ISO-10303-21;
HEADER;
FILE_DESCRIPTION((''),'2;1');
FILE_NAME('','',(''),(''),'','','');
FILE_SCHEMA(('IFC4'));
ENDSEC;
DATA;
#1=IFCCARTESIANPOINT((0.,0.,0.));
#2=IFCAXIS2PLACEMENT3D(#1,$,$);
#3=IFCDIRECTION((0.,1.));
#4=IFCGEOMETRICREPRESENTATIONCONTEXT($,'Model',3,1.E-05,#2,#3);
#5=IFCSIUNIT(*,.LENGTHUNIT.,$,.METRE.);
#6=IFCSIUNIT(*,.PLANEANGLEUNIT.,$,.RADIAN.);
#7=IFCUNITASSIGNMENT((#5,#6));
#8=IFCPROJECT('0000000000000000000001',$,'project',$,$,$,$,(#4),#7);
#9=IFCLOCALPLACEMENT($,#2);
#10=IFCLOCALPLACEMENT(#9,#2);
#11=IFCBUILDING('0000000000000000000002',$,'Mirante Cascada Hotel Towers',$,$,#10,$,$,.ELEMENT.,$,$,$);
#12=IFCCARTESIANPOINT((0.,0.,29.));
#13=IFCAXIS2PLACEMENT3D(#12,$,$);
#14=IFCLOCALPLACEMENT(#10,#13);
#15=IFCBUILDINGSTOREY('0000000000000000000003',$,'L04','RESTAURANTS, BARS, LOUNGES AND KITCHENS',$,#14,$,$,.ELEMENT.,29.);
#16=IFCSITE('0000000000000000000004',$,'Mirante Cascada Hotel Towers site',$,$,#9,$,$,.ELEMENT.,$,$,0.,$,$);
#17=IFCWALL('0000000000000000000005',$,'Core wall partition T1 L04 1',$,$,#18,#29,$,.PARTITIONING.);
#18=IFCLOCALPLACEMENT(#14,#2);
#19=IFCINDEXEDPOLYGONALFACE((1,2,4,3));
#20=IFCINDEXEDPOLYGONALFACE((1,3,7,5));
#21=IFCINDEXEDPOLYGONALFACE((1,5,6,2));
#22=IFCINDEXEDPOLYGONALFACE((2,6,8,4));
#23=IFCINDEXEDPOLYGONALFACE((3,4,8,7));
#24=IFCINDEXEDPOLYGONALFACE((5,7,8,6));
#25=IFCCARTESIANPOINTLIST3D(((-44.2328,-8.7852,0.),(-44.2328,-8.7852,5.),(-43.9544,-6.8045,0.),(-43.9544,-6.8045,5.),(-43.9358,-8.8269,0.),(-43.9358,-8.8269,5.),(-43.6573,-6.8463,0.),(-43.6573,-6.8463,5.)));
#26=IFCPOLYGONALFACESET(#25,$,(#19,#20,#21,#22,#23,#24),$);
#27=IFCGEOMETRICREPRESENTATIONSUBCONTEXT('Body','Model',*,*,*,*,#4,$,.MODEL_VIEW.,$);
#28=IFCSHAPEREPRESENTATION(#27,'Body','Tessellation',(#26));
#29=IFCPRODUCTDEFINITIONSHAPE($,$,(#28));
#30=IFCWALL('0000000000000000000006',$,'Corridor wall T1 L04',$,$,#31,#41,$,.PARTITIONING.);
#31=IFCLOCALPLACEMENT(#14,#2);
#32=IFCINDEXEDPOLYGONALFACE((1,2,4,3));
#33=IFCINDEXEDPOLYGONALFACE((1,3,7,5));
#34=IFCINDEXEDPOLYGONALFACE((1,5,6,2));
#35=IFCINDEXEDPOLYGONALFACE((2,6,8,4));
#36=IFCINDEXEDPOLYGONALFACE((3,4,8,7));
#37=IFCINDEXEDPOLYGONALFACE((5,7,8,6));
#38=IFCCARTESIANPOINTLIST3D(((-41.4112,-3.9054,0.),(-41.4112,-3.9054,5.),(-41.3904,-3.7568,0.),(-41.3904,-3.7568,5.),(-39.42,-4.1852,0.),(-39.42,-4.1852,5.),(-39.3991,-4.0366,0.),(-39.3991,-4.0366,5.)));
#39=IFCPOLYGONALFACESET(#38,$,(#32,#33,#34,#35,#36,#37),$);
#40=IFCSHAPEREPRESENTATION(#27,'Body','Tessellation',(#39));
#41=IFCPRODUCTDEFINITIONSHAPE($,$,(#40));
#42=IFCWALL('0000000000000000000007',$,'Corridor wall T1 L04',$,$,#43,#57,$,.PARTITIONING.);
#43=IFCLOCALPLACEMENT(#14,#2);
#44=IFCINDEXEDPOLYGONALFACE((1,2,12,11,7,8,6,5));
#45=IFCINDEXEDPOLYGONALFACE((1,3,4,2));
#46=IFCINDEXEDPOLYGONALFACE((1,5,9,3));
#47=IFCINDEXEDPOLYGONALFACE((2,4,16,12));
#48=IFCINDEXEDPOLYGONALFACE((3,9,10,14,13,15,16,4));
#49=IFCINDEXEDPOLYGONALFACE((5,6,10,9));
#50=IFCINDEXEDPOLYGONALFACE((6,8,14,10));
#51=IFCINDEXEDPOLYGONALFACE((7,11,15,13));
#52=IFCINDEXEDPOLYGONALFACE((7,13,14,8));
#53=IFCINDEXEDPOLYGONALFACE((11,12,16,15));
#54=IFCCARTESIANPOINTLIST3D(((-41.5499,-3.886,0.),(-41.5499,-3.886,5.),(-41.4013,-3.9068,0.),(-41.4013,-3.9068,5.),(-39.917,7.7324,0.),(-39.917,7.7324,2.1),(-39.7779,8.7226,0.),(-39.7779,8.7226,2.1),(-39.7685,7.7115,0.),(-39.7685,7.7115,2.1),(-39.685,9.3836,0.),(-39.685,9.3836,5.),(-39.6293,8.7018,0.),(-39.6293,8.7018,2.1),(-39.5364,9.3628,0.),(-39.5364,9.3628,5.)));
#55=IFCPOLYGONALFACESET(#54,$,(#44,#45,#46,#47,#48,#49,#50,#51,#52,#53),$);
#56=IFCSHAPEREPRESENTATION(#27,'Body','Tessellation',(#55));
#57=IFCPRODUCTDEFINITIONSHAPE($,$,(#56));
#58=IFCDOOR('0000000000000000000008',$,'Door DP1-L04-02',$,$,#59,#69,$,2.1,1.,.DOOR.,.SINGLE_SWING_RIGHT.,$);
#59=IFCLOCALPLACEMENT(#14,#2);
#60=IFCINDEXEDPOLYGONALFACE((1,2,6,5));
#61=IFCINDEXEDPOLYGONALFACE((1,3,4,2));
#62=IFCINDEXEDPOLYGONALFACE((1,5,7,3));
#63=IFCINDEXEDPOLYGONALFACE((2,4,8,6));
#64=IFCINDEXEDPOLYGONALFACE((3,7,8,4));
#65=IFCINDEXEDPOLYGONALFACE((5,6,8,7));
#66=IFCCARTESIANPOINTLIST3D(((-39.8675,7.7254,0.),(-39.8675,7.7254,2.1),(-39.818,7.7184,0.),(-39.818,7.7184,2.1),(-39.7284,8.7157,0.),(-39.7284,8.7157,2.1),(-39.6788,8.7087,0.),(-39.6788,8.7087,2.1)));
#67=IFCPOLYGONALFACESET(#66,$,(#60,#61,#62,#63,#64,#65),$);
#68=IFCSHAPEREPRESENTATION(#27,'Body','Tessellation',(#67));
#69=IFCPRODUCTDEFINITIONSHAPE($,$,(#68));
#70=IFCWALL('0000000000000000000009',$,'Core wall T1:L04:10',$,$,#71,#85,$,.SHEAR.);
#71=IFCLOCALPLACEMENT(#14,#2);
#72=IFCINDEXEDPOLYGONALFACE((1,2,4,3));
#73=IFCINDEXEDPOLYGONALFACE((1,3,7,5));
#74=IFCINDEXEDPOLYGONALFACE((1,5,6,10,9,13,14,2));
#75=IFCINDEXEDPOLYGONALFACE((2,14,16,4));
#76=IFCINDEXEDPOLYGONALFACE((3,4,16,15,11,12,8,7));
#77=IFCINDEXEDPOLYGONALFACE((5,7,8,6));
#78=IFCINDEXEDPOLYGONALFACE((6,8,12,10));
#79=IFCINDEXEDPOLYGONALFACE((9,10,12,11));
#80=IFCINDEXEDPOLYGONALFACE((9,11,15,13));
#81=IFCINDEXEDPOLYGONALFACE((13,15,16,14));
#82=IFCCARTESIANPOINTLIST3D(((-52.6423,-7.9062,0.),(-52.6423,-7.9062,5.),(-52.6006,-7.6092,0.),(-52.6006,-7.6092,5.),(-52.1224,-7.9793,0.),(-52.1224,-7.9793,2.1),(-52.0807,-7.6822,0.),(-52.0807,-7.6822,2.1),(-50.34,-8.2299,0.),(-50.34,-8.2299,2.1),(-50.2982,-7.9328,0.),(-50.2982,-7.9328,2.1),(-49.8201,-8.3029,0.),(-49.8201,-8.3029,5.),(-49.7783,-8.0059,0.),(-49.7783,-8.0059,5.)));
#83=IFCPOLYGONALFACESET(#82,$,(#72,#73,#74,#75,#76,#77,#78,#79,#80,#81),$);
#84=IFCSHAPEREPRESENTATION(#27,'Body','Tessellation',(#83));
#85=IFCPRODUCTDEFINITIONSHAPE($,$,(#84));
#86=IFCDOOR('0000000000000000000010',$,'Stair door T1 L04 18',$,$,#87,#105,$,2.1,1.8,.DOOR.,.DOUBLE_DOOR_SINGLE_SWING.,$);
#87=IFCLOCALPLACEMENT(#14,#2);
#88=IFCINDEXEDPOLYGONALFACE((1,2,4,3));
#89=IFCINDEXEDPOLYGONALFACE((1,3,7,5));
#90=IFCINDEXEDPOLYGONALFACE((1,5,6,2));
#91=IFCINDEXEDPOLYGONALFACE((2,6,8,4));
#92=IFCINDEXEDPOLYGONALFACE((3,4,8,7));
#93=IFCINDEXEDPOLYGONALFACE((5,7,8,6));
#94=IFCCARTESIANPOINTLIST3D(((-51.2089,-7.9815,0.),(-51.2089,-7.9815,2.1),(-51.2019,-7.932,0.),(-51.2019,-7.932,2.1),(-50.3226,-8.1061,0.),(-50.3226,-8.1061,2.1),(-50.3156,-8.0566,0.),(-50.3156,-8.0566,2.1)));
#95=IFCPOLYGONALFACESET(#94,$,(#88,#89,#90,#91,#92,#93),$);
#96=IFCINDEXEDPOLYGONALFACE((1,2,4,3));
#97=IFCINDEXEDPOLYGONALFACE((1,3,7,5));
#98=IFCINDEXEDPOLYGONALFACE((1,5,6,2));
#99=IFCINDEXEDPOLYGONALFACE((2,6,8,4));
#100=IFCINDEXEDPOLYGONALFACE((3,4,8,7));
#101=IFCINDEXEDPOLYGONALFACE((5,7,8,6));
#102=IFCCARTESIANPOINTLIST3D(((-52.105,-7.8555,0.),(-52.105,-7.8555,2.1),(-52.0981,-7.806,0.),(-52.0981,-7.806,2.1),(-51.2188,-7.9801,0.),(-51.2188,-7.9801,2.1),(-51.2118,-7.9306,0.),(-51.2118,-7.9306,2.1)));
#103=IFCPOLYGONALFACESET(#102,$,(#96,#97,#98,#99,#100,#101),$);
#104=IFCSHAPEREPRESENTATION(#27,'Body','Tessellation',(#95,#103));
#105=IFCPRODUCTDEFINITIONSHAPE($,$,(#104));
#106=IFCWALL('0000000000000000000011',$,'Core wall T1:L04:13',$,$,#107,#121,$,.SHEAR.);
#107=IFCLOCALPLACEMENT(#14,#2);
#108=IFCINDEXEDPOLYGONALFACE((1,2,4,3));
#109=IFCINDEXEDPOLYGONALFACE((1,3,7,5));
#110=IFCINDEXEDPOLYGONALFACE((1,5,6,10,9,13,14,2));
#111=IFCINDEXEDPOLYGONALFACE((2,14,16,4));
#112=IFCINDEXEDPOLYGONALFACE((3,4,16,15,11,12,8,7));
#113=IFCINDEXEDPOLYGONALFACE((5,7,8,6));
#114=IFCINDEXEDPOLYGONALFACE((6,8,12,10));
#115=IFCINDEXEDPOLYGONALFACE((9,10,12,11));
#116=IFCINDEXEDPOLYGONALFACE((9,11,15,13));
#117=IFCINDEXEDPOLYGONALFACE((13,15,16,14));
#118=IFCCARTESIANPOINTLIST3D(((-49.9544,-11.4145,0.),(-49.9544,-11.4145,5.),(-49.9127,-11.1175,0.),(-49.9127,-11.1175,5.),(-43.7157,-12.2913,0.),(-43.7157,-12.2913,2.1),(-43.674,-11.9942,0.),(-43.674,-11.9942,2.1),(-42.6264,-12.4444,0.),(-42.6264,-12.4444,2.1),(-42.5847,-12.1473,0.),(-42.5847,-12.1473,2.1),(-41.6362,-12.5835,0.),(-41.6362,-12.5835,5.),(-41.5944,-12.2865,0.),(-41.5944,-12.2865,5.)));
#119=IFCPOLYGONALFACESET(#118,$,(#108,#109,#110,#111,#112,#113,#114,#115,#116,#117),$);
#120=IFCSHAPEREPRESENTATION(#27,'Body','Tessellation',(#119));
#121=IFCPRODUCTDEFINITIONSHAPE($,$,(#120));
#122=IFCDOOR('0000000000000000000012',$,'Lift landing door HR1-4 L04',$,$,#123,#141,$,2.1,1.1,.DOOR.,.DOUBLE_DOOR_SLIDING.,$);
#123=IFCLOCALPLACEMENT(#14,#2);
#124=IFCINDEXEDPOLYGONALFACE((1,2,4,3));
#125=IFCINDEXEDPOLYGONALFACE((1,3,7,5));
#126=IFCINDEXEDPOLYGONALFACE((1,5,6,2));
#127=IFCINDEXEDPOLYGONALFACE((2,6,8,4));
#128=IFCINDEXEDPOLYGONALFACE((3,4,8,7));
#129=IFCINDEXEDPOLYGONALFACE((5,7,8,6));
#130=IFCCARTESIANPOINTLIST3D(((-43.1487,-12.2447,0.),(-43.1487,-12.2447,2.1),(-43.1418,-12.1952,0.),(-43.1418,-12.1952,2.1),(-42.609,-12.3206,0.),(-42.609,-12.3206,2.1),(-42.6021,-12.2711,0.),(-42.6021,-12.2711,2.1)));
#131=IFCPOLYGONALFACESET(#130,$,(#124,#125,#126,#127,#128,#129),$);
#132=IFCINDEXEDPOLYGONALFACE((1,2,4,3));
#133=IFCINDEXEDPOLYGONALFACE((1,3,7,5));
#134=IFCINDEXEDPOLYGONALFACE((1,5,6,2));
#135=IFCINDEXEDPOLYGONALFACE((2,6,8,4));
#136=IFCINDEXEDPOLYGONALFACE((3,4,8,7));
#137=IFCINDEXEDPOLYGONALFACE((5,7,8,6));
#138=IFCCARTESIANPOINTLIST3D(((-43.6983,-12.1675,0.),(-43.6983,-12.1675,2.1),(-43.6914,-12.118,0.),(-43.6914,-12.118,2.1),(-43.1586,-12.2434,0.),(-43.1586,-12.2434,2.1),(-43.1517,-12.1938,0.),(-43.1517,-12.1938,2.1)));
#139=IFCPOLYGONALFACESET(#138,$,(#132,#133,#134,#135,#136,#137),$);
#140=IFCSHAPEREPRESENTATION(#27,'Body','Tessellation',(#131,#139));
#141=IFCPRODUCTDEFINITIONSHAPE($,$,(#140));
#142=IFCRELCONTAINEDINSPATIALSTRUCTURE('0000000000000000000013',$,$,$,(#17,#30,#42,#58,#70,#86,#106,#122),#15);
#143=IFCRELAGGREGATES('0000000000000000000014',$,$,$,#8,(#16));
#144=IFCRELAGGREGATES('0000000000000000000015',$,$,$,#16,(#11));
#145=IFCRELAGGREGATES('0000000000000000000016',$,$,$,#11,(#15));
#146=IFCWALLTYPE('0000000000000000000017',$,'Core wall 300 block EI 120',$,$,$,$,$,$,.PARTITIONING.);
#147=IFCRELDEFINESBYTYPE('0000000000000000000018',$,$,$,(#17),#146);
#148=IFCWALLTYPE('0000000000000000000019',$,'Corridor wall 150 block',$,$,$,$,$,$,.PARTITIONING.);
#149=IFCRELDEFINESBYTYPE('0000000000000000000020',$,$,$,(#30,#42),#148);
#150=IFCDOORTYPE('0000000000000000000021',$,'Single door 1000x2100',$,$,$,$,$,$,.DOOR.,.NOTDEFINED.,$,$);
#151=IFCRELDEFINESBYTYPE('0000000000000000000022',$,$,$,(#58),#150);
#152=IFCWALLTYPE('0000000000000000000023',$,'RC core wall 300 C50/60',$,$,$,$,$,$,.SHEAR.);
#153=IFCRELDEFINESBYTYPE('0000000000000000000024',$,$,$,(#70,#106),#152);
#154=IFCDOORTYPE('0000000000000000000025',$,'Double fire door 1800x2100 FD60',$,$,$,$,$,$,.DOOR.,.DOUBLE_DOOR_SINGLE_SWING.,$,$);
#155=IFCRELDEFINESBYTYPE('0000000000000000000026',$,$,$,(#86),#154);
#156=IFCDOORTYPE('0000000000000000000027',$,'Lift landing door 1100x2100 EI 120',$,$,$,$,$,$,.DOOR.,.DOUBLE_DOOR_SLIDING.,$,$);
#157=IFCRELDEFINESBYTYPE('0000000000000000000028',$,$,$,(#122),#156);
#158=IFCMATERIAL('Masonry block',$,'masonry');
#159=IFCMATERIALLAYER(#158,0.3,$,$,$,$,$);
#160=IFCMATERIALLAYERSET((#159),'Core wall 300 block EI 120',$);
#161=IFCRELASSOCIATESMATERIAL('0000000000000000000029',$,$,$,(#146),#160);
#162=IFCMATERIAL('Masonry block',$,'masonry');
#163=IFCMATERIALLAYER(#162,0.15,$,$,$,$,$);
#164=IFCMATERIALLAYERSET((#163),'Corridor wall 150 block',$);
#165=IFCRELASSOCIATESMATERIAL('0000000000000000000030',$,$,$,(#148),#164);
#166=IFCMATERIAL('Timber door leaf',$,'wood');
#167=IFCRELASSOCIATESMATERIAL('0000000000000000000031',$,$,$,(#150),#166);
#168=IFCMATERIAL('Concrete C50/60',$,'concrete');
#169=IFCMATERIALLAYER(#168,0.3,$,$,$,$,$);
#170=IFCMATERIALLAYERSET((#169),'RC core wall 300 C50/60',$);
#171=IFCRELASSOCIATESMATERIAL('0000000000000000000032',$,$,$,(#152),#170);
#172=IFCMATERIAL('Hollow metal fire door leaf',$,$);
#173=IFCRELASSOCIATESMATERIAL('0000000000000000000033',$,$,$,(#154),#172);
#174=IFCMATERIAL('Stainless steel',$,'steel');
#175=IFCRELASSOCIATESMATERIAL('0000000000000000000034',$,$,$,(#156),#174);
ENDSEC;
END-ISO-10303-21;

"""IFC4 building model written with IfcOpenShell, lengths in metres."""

from ifc_helpers import new_model, si_unit, direction, frame, frame_2d, origin, place, context, subcontext, project, spatial, rectangle, extrude, material, layer, layer_set, type_object, element, fill, save


model = new_model("IFC4")

# Units and contexts
model_context = context("Model", 3, precision=1e-05, world=origin(), true_north=direction((0.0, 1.0)))
body_context = subcontext(model_context, "Body", "Model", "MODEL_VIEW")
ifc_project = project(units=[si_unit("LENGTHUNIT", "METRE"), si_unit("PLANEANGLEUNIT", "RADIAN")], contexts=[model_context])

# Site, building, storey
site_placement = place(None, origin())
site = spatial("IfcSite", under=ifc_project, at=site_placement, Name="Mirante Cascada Hotel Towers site", CompositionType="ELEMENT", RefElevation=0.0)
building_placement = place(site_placement, origin())
building = spatial("IfcBuilding", under=site, at=building_placement, Name="Mirante Cascada Hotel Towers", CompositionType="ELEMENT")
storey_placement = place(building_placement, frame((0.0, 0.0, 29.0)))
storey = spatial("IfcBuildingStorey", under=building, at=storey_placement, Name="L04", Description="RESTAURANTS, BARS, LOUNGES AND KITCHENS", CompositionType="ELEMENT", Elevation=29.0)

# Walls
ifc_material_1 = material(Name="Masonry block", Category="masonry")
ifc_layer_1 = layer(ifc_material_1, 0.3)
ifc_layer_set_1 = layer_set([ifc_layer_1], Name="Core wall 300 block EI 120")
wall_type_1 = type_object("IfcWallType", Name="Core wall 300 block EI 120", PredefinedType="PARTITIONING", material=ifc_layer_set_1)
wall_1_placement = place(storey_placement, frame((-44.0843, -8.8061, 0.0), z_axis=(0.0, 0.0, 1.0), x_axis=(0.139195, 0.990265, 0.0)))
element("IfcWall", 1, at=wall_1_placement, inside=storey, type_object=wall_type_1, Name="Core wall partition T1 L04 1", PredefinedType="PARTITIONING", context=body_context, shape_type="SweptSolid", body=[
    extrude(rectangle(XDim=2.0001, YDim=0.3, at=frame_2d((1.0001, 0.0))), origin(), (0.0, 0.0, 1.0), 5.0),
])
ifc_material_2 = material(Name="Masonry block", Category="masonry")
ifc_layer_2 = layer(ifc_material_2, 0.15)
ifc_layer_set_2 = layer_set([ifc_layer_2], Name="Corridor wall 150 block")
wall_type_2 = type_object("IfcWallType", Name="Corridor wall 150 block", PredefinedType="PARTITIONING", material=ifc_layer_set_2)
wall_2_placement = place(storey_placement, frame((-41.4008, -3.8311, 0.0), z_axis=(0.0, 0.0, 1.0), x_axis=(0.990271, -0.139151, 0.0)))
element("IfcWall", 2, at=wall_2_placement, inside=storey, type_object=wall_type_2, Name="Corridor wall T1 L04", PredefinedType="PARTITIONING", context=body_context, shape_type="SweptSolid", body=[
    extrude(rectangle(XDim=2.0108, YDim=0.15, at=frame_2d((1.0054, 0.0))), origin(), (0.0, 0.0, 1.0), 5.0),
])

# Walls, openings, doors
wall_3_placement = place(storey_placement, frame((-41.4756, -3.8964, 0.0), z_axis=(0.0, 0.0, 1.0), x_axis=(0.139172, 0.990268, 0.0)))
wall_3 = element("IfcWall", 3, at=wall_3_placement, inside=storey, type_object=wall_type_2, Name="Corridor wall T1 L04", PredefinedType="PARTITIONING", context=body_context, shape_type="SweptSolid", body=[
    extrude(rectangle(XDim=13.4, YDim=0.15, at=frame_2d((6.7, 0.0))), origin(), (0.0, 0.0, 1.0), 5.0),
])
opening_1_placement = place(wall_3_placement, frame((11.7325, 0.0, 0.0)))
opening_1 = element("IfcOpeningElement", 4, at=opening_1_placement, cuts=wall_3, PredefinedType="OPENING", context=body_context, shape_type="SweptSolid", body=[
    extrude(rectangle(XDim=1.0, YDim=2.1, at=frame_2d((0.5, 1.05))), frame((0.0, 0.075, 0.0), z_axis=(0.0, -1.0, 0.0), x_axis=(1.0, 0.0, 0.0)), (0.0, 0.0, 1.0), 0.15),
])
ifc_material_3 = material(Name="Timber door leaf", Category="wood")
door_type_1 = type_object("IfcDoorType", Name="Single door 1000x2100", OperationType="NOTDEFINED", PredefinedType="DOOR", material=ifc_material_3)
door_1_placement = place(opening_1_placement, frame((1.0, 0.0, 0.0), z_axis=(0.0, 0.0, 1.0), x_axis=(-1.0, 0.0, 0.0)))
door_1 = element("IfcDoor", 5, at=door_1_placement, inside=storey, type_object=door_type_1, Name="Door DP1-L04-02", OperationType="SINGLE_SWING_RIGHT", OverallHeight=2.1, OverallWidth=1.0, PredefinedType="DOOR", context=body_context, shape_type="SweptSolid", body=[
    extrude(rectangle(XDim=1.0, YDim=2.1, at=frame_2d((0.5, 1.05))), frame((0.0, 0.025, 0.0), z_axis=(0.0, -1.0, 0.0), x_axis=(1.0, 0.0, 0.0)), (0.0, 0.0, 1.0), 0.05),
])
fill(opening_1, door_1)
ifc_material_4 = material(Name="Concrete C50/60", Category="concrete")
ifc_layer_3 = layer(ifc_material_4, 0.3)
ifc_layer_set_3 = layer_set([ifc_layer_3], Name="RC core wall 300 C50/60")
wall_type_3 = type_object("IfcWallType", Name="RC core wall 300 C50/60", PredefinedType="SHEAR", material=ifc_layer_set_3)
wall_4_placement = place(storey_placement, frame((-49.7992, -8.1544, 0.0), z_axis=(0.0, 0.0, 1.0), x_axis=(-0.990266, 0.139191, 0.0)))
wall_4 = element("IfcWall", 6, at=wall_4_placement, inside=storey, type_object=wall_type_3, Name="Core wall T1:L04:10", PredefinedType="SHEAR", context=body_context, shape_type="SweptSolid", body=[
    extrude(rectangle(XDim=2.85, YDim=0.3, at=frame_2d((1.425, 0.0))), origin(), (0.0, 0.0, 1.0), 5.0),
])
opening_2_placement = place(wall_4_placement, frame((0.525, 0.0, 0.0)))
opening_2 = element("IfcOpeningElement", 7, at=opening_2_placement, cuts=wall_4, PredefinedType="OPENING", context=body_context, shape_type="SweptSolid", body=[
    extrude(rectangle(XDim=1.8, YDim=2.1, at=frame_2d((0.9, 1.05))), frame((0.0, 0.15, 0.0), z_axis=(0.0, -1.0, 0.0), x_axis=(1.0, 0.0, 0.0)), (0.0, 0.0, 1.0), 0.3),
])
ifc_material_5 = material(Name="Hollow metal fire door leaf")
door_type_2 = type_object("IfcDoorType", Name="Double fire door 1800x2100 FD60", OperationType="DOUBLE_DOOR_SINGLE_SWING", PredefinedType="DOOR", material=ifc_material_5)
door_2_placement = place(opening_2_placement, origin())
door_2 = element("IfcDoor", 8, at=door_2_placement, inside=storey, type_object=door_type_2, Name="Stair door T1 L04 18", OperationType="DOUBLE_DOOR_SINGLE_SWING", OverallHeight=2.1, OverallWidth=1.8, PredefinedType="DOOR", context=body_context, shape_type="SweptSolid", body=[
    extrude(rectangle(XDim=0.895, YDim=2.1, at=frame_2d((0.4475, 1.05))), frame((0.0, 0.025, 0.0), z_axis=(0.0, -1.0, 0.0), x_axis=(1.0, 0.0, 0.0)), (0.0, 0.0, 1.0), 0.05),
    extrude(rectangle(XDim=0.895, YDim=2.1, at=frame_2d((1.3525, 1.05))), frame((0.0, 0.025, 0.0), z_axis=(0.0, -1.0, 0.0), x_axis=(1.0, 0.0, 0.0)), (0.0, 0.0, 1.0), 0.05),
])
fill(opening_2, door_2)
wall_5_placement = place(storey_placement, frame((-41.6153, -12.435, 0.0), z_axis=(0.0, 0.0, 1.0), x_axis=(-0.990269, 0.139166, 0.0)))
wall_5 = element("IfcWall", 9, at=wall_5_placement, inside=storey, type_object=wall_type_3, Name="Core wall T1:L04:13", PredefinedType="SHEAR", context=body_context, shape_type="SweptSolid", body=[
    extrude(rectangle(XDim=8.4, YDim=0.3, at=frame_2d((4.2, 0.0))), origin(), (0.0, 0.0, 1.0), 5.0),
])
opening_3_placement = place(wall_5_placement, frame((1.0, 0.0, 0.0)))
opening_3 = element("IfcOpeningElement", 10, at=opening_3_placement, cuts=wall_5, PredefinedType="OPENING", context=body_context, shape_type="SweptSolid", body=[
    extrude(rectangle(XDim=1.1, YDim=2.1, at=frame_2d((0.55, 1.05))), frame((0.0, 0.15, 0.0), z_axis=(0.0, -1.0, 0.0), x_axis=(1.0, 0.0, 0.0)), (0.0, 0.0, 1.0), 0.3),
])
ifc_material_6 = material(Name="Stainless steel", Category="steel")
door_type_3 = type_object("IfcDoorType", Name="Lift landing door 1100x2100 EI 120", OperationType="DOUBLE_DOOR_SLIDING", PredefinedType="DOOR", material=ifc_material_6)
door_3_placement = place(opening_3_placement, origin())
door_3 = element("IfcDoor", 11, at=door_3_placement, inside=storey, type_object=door_type_3, Name="Lift landing door HR1-4 L04", OperationType="DOUBLE_DOOR_SLIDING", OverallHeight=2.1, OverallWidth=1.1, PredefinedType="DOOR", context=body_context, shape_type="SweptSolid", body=[
    extrude(rectangle(XDim=0.545, YDim=2.1, at=frame_2d((0.2725, 1.05))), frame((0.0, 0.025, 0.0), z_axis=(0.0, -1.0, 0.0), x_axis=(1.0, 0.0, 0.0)), (0.0, 0.0, 1.0), 0.05),
    extrude(rectangle(XDim=0.545, YDim=2.1, at=frame_2d((0.8275, 1.05))), frame((0.0, 0.025, 0.0), z_axis=(0.0, -1.0, 0.0), x_axis=(1.0, 0.0, 0.0)), (0.0, 0.0, 1.0), 0.05),
])
fill(opening_3, door_3)

save(model, "model.ifc")
